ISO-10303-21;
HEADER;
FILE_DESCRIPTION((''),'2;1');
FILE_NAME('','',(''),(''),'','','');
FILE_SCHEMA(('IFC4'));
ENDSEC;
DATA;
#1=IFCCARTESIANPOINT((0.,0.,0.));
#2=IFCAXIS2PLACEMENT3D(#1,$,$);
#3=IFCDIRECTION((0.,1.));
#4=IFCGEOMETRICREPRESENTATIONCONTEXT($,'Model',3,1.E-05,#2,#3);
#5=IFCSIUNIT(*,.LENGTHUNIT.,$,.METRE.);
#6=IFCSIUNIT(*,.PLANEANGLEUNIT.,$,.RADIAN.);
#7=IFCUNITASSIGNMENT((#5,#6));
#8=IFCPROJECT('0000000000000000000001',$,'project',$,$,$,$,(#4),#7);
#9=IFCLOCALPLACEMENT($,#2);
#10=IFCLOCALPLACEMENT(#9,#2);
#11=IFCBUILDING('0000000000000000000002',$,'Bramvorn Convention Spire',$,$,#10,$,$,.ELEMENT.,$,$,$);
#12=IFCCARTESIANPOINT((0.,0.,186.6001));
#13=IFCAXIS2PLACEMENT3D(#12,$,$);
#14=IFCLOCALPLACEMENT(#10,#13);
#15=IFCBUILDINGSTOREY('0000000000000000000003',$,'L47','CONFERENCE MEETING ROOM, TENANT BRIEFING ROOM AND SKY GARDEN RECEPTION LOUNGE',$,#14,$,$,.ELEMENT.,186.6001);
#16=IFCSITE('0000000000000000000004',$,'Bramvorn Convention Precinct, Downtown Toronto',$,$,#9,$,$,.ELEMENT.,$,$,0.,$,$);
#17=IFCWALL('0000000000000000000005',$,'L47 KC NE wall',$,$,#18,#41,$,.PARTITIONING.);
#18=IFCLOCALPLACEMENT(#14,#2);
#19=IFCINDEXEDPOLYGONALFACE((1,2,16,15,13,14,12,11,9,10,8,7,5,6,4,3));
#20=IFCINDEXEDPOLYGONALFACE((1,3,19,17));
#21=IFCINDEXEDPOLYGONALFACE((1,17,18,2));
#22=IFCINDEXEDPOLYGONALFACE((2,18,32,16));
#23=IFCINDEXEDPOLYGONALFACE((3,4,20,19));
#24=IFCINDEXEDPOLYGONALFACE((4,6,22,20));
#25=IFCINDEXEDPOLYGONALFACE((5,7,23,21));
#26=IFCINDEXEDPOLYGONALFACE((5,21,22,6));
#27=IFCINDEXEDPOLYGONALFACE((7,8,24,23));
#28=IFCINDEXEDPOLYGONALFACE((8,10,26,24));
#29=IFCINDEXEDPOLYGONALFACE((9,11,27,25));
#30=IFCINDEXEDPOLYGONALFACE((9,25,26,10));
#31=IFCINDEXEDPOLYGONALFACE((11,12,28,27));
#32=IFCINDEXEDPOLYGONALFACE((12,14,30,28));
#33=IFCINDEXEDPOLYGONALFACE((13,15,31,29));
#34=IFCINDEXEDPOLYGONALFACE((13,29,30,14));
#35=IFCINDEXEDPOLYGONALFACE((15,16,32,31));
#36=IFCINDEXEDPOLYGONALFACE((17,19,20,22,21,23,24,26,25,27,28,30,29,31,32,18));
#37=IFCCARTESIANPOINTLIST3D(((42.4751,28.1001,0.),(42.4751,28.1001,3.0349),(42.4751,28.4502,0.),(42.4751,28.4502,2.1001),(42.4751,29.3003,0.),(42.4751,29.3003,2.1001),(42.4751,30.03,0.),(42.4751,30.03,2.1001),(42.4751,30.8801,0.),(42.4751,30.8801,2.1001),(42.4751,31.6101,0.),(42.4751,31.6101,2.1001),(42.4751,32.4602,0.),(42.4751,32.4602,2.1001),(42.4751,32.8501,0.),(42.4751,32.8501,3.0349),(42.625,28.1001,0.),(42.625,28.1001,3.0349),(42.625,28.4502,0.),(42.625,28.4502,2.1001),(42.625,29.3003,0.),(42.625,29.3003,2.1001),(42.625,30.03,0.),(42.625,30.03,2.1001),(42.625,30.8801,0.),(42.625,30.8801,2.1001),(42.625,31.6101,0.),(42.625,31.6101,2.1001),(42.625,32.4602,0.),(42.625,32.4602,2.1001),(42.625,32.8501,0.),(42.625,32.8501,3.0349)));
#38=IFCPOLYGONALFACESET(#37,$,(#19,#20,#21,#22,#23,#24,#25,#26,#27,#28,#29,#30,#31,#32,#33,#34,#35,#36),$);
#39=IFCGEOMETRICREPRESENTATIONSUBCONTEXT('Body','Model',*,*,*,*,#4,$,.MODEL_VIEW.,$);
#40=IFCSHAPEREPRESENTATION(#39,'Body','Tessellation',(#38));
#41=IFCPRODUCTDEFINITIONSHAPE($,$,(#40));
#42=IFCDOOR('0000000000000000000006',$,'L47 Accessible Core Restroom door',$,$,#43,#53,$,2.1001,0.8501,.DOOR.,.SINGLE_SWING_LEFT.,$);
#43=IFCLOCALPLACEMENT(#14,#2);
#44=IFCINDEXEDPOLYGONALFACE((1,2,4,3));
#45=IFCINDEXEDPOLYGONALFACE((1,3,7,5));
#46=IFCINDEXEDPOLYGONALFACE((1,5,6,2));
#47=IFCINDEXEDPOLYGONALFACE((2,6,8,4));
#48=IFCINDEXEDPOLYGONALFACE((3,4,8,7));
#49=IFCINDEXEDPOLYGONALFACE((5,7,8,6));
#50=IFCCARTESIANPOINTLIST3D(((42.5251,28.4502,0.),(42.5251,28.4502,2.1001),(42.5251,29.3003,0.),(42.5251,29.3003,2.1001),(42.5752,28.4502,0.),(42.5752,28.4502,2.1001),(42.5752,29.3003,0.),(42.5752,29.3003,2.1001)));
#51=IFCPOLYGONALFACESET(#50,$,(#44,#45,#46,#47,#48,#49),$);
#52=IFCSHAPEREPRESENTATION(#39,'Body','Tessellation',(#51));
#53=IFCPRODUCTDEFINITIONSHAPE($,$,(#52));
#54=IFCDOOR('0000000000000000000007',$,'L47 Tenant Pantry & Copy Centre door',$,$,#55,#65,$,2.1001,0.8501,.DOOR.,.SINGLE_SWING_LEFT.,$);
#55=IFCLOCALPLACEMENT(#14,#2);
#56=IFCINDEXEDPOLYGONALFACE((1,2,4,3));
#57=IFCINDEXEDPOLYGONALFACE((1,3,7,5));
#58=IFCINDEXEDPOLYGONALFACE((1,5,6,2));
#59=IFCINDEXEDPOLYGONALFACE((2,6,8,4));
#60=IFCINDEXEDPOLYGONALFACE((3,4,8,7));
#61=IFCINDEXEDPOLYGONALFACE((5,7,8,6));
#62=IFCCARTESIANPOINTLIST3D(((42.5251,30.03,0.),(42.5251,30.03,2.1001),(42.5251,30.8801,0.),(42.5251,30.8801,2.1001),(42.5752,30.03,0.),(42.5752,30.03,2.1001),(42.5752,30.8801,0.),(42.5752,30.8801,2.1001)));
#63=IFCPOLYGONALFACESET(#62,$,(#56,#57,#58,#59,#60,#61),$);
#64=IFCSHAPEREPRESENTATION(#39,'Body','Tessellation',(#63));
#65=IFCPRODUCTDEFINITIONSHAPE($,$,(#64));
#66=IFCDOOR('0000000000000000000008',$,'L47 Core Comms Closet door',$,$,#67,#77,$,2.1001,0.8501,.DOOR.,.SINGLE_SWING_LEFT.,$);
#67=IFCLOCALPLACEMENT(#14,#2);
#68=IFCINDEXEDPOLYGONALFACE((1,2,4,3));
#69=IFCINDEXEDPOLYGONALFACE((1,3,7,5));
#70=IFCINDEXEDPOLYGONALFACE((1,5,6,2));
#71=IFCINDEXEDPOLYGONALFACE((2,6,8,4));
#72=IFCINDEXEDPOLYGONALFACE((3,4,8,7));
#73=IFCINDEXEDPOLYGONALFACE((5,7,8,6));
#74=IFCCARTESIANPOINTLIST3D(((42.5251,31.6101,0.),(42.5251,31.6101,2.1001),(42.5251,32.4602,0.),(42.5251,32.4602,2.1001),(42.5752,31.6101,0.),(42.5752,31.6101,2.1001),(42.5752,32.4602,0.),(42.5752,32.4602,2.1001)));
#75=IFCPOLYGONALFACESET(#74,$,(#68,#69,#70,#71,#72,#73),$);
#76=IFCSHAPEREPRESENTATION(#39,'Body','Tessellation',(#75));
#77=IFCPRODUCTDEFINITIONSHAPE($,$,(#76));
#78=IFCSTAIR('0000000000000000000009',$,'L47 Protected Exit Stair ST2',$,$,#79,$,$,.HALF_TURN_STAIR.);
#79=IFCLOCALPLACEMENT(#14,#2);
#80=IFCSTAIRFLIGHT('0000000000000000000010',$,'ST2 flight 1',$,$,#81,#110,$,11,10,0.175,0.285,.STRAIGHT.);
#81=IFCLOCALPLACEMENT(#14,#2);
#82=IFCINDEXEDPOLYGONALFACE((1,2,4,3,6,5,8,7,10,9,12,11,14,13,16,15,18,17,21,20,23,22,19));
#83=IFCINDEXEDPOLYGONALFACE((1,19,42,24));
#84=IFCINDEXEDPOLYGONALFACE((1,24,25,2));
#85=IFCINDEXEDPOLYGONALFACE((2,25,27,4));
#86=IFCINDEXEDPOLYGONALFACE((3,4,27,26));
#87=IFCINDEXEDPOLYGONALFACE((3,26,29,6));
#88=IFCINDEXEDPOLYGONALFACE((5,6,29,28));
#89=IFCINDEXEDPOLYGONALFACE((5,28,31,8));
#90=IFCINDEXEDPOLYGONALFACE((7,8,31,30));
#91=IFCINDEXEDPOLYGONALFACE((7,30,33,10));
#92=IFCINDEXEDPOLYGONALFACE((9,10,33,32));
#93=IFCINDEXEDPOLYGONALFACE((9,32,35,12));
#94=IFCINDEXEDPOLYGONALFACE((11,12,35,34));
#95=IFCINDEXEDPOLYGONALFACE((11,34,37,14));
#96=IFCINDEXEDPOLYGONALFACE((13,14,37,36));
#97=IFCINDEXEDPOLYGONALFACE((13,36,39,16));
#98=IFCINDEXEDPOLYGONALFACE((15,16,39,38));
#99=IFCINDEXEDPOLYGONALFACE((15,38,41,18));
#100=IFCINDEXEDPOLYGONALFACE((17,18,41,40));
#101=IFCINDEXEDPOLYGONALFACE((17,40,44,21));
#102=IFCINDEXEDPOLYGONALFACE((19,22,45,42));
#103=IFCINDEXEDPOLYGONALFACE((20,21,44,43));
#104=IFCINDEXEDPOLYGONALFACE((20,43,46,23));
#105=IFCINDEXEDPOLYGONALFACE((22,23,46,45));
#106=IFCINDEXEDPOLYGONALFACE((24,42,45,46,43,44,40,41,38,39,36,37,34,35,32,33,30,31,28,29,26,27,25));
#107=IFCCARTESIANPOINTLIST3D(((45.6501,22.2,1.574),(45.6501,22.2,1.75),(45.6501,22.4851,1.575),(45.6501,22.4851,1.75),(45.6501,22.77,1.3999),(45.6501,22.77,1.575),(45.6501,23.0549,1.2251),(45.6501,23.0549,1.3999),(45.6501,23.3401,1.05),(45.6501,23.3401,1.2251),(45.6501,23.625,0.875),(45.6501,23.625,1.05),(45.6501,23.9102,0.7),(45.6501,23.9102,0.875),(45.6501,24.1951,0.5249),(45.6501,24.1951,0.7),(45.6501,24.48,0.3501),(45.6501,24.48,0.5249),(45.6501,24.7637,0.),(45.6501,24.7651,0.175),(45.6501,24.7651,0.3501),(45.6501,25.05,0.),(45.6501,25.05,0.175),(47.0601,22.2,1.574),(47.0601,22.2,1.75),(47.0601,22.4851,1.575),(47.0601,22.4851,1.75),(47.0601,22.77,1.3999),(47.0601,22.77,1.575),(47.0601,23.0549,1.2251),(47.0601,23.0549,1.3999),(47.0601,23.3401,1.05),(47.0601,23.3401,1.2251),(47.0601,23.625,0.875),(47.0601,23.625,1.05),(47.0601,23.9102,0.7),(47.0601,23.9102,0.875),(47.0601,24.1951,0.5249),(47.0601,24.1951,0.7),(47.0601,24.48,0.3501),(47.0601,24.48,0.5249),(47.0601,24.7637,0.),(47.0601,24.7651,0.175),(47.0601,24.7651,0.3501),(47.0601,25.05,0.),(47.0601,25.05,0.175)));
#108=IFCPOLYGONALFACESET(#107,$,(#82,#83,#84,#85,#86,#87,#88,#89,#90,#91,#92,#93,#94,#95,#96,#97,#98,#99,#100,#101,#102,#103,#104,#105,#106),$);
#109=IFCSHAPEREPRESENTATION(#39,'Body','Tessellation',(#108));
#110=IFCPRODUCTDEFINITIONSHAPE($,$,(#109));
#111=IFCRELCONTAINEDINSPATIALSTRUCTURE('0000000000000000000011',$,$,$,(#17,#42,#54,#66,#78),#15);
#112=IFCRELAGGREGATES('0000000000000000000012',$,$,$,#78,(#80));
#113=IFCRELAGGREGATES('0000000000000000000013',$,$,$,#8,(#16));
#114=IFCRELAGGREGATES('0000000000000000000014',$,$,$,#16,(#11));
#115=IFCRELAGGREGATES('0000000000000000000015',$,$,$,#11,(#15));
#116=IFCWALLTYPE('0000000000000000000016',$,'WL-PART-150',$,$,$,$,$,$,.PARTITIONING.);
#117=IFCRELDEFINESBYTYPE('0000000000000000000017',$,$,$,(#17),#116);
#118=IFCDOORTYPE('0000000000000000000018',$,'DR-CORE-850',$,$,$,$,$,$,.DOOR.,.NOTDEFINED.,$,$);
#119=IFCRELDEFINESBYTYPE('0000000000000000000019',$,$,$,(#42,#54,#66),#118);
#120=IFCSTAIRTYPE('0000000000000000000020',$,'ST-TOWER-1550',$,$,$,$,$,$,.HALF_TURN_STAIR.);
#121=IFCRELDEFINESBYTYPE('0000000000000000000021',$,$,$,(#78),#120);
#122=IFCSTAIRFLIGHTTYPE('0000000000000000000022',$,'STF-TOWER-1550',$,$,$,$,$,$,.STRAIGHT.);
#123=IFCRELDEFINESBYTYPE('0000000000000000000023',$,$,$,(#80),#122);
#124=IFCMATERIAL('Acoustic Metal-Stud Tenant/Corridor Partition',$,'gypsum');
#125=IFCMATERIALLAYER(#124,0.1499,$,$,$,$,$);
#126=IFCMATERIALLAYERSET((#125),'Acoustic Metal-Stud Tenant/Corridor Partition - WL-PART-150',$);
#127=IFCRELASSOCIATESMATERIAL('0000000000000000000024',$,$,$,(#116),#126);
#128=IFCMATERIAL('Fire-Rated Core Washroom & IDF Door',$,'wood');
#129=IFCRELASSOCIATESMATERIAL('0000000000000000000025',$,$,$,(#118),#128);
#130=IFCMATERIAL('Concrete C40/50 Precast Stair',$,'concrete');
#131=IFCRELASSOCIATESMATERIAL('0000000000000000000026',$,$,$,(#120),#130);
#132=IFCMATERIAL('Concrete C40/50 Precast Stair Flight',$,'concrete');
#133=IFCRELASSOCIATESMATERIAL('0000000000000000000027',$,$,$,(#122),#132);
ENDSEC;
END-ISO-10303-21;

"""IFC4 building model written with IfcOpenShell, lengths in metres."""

from ifc_helpers import new_model, si_unit, direction, frame, frame_2d, origin, place, context, subcontext, project, spatial, polyline, rectangle, outline, extrude, material, layer, layer_set, type_object, element, fill, aggregate, save


model = new_model("IFC4")

# Units and contexts
model_context = context("Model", 3, precision=1e-05, world=origin(), true_north=direction((0.0, 1.0)))
body_context = subcontext(model_context, "Body", "Model", "MODEL_VIEW")
ifc_project = project(units=[si_unit("LENGTHUNIT", "METRE"), si_unit("PLANEANGLEUNIT", "RADIAN")], contexts=[model_context])

# Site, building, storey
site_placement = place(None, origin())
site = spatial("IfcSite", under=ifc_project, at=site_placement, Name="Bramvorn Convention Precinct, Downtown Toronto", CompositionType="ELEMENT", RefElevation=0.0)
building_placement = place(site_placement, origin())
building = spatial("IfcBuilding", under=site, at=building_placement, Name="Bramvorn Convention Spire", CompositionType="ELEMENT")
storey_placement = place(building_placement, frame((0.0, 0.0, 186.6001)))
storey = spatial("IfcBuildingStorey", under=building, at=storey_placement, Name="L47", Description="CONFERENCE MEETING ROOM, TENANT BRIEFING ROOM AND SKY GARDEN RECEPTION LOUNGE", CompositionType="ELEMENT", Elevation=186.6001)

# Shared definitions
ifc_material_1 = material(Name="Acoustic Metal-Stud Tenant/Corridor Partition", Category="gypsum")
ifc_layer_1 = layer(ifc_material_1, 0.1499)
ifc_layer_set_1 = layer_set([ifc_layer_1], Name="Acoustic Metal-Stud Tenant/Corridor Partition - WL-PART-150")
wall_type_1 = type_object("IfcWallType", Name="WL-PART-150", PredefinedType="PARTITIONING", material=ifc_layer_set_1)

# Wall, openings, doors
wall_1_placement = place(storey_placement, frame((42.55, 28.1001, 0.0), z_axis=(0.0, 0.0, 1.0), x_axis=(0.0, 1.0, 0.0)))
wall_1 = element("IfcWall", 1, at=wall_1_placement, inside=storey, type_object=wall_type_1, Name="L47 KC NE wall", PredefinedType="PARTITIONING", context=body_context, shape_type="SweptSolid", body=[
    extrude(rectangle(XDim=4.75, YDim=0.1499, at=frame_2d((2.375, 0.0))), origin(), (0.0, 0.0, 1.0), 3.0349),
])
opening_1_placement = place(wall_1_placement, frame((0.3501, 0.0, 0.0)))
opening_1 = element("IfcOpeningElement", 2, at=opening_1_placement, cuts=wall_1, PredefinedType="OPENING", context=body_context, shape_type="SweptSolid", body=[
    extrude(rectangle(XDim=0.8501, YDim=2.1001, at=frame_2d((0.425, 1.05))), frame((0.0, 0.085, 0.0), z_axis=(0.0, -1.0, 0.0), x_axis=(1.0, 0.0, 0.0)), (0.0, 0.0, 1.0), 0.1699),
])
opening_2_placement = place(wall_1_placement, frame((1.9299, 0.0, 0.0)))
opening_2 = element("IfcOpeningElement", 3, at=opening_2_placement, cuts=wall_1, PredefinedType="OPENING", context=body_context, shape_type="SweptSolid", body=[
    extrude(rectangle(XDim=0.8501, YDim=2.1001, at=frame_2d((0.425, 1.05))), frame((0.0, 0.085, 0.0), z_axis=(0.0, -1.0, 0.0), x_axis=(1.0, 0.0, 0.0)), (0.0, 0.0, 1.0), 0.1699),
])
opening_3_placement = place(wall_1_placement, frame((3.51, 0.0, 0.0)))
opening_3 = element("IfcOpeningElement", 4, at=opening_3_placement, cuts=wall_1, PredefinedType="OPENING", context=body_context, shape_type="SweptSolid", body=[
    extrude(rectangle(XDim=0.8501, YDim=2.1001, at=frame_2d((0.425, 1.05))), frame((0.0, 0.085, 0.0), z_axis=(0.0, -1.0, 0.0), x_axis=(1.0, 0.0, 0.0)), (0.0, 0.0, 1.0), 0.1699),
])
ifc_material_2 = material(Name="Fire-Rated Core Washroom & IDF Door", Category="wood")
door_type_1 = type_object("IfcDoorType", Name="DR-CORE-850", OperationType="NOTDEFINED", PredefinedType="DOOR", material=ifc_material_2)
door_1_placement = place(opening_1_placement, origin())
door_1 = element("IfcDoor", 5, at=door_1_placement, inside=storey, type_object=door_type_1, Name="L47 Accessible Core Restroom door", OperationType="SINGLE_SWING_LEFT", OverallHeight=2.1001, OverallWidth=0.8501, PredefinedType="DOOR", context=body_context, shape_type="SweptSolid", body=[
    extrude(rectangle(XDim=0.8501, YDim=2.1001, at=frame_2d((0.425, 1.05))), frame((0.0, 0.0249, 0.0), z_axis=(0.0, -1.0, 0.0), x_axis=(1.0, 0.0, 0.0)), (0.0, 0.0, 1.0), 0.05),
])
fill(opening_1, door_1)
door_2_placement = place(opening_2_placement, origin())
door_2 = element("IfcDoor", 6, at=door_2_placement, inside=storey, type_object=door_type_1, Name="L47 Tenant Pantry & Copy Centre door", OperationType="SINGLE_SWING_LEFT", OverallHeight=2.1001, OverallWidth=0.8501, PredefinedType="DOOR", context=body_context, shape_type="SweptSolid", body=[
    extrude(rectangle(XDim=0.8501, YDim=2.1001, at=frame_2d((0.425, 1.05))), frame((0.0, 0.0249, 0.0), z_axis=(0.0, -1.0, 0.0), x_axis=(1.0, 0.0, 0.0)), (0.0, 0.0, 1.0), 0.05),
])
fill(opening_2, door_2)
door_3_placement = place(opening_3_placement, origin())
door_3 = element("IfcDoor", 7, at=door_3_placement, inside=storey, type_object=door_type_1, Name="L47 Core Comms Closet door", OperationType="SINGLE_SWING_LEFT", OverallHeight=2.1001, OverallWidth=0.8501, PredefinedType="DOOR", context=body_context, shape_type="SweptSolid", body=[
    extrude(rectangle(XDim=0.8501, YDim=2.1001, at=frame_2d((0.425, 1.05))), frame((0.0, 0.0249, 0.0), z_axis=(0.0, -1.0, 0.0), x_axis=(1.0, 0.0, 0.0)), (0.0, 0.0, 1.0), 0.05),
])
fill(opening_3, door_3)

# Stair, stair flight
ifc_material_3 = material(Name="Concrete C40/50 Precast Stair", Category="concrete")
stair_type = type_object("IfcStairType", Name="ST-TOWER-1550", PredefinedType="HALF_TURN_STAIR", material=ifc_material_3)
stair_placement = place(storey_placement, origin())
stair = element("IfcStair", 8, at=stair_placement, inside=storey, type_object=stair_type, Name="L47 Protected Exit Stair ST2", PredefinedType="HALF_TURN_STAIR")
ifc_material_4 = material(Name="Concrete C40/50 Precast Stair Flight", Category="concrete")
stair_flight_type = type_object("IfcStairFlightType", Name="STF-TOWER-1550", PredefinedType="STRAIGHT", material=ifc_material_4)
stair_flight_placement = place(storey_placement, frame((46.355, 25.05, 0.0), z_axis=(0.0, 0.0, 1.0), x_axis=(0.0, -1.0, 0.0)))
stair_flight = element("IfcStairFlight", 9, at=stair_flight_placement, type_object=stair_flight_type, Name="ST2 flight 1", NumberOfRisers=11, NumberOfTreads=10, PredefinedType="STRAIGHT", RiserHeight=0.175, TreadLength=0.285, context=body_context, shape_type="SweptSolid", body=[
    extrude(outline(polyline([(0.0, 0.0), (0.0, 0.175), (0.2849, 0.175), (0.2849, 0.3501), (0.5701, 0.3501), (0.5701, 0.5249), (0.855, 0.5249), (0.855, 0.7), (1.1399, 0.7), (1.1399, 0.875), (1.425, 0.875), (1.425, 1.05), (1.71, 1.05), (1.71, 1.2251), (1.9951, 1.2251), (1.9951, 1.3999), (2.28, 1.3999), (2.28, 1.575), (2.5649, 1.575), (2.5649, 1.75), (2.8501, 1.75), (2.8501, 1.925), (2.8501, 1.574), (0.2864, 0.0), (0.0, 0.0)])), frame((0.0, 0.7051, 0.0), z_axis=(0.0, -1.0, 0.0), x_axis=(1.0, 0.0, 0.0)), (0.0, 0.0, 1.0), 1.4099),
])
aggregate(stair, [stair_flight])

save(model, "model.ifc")
